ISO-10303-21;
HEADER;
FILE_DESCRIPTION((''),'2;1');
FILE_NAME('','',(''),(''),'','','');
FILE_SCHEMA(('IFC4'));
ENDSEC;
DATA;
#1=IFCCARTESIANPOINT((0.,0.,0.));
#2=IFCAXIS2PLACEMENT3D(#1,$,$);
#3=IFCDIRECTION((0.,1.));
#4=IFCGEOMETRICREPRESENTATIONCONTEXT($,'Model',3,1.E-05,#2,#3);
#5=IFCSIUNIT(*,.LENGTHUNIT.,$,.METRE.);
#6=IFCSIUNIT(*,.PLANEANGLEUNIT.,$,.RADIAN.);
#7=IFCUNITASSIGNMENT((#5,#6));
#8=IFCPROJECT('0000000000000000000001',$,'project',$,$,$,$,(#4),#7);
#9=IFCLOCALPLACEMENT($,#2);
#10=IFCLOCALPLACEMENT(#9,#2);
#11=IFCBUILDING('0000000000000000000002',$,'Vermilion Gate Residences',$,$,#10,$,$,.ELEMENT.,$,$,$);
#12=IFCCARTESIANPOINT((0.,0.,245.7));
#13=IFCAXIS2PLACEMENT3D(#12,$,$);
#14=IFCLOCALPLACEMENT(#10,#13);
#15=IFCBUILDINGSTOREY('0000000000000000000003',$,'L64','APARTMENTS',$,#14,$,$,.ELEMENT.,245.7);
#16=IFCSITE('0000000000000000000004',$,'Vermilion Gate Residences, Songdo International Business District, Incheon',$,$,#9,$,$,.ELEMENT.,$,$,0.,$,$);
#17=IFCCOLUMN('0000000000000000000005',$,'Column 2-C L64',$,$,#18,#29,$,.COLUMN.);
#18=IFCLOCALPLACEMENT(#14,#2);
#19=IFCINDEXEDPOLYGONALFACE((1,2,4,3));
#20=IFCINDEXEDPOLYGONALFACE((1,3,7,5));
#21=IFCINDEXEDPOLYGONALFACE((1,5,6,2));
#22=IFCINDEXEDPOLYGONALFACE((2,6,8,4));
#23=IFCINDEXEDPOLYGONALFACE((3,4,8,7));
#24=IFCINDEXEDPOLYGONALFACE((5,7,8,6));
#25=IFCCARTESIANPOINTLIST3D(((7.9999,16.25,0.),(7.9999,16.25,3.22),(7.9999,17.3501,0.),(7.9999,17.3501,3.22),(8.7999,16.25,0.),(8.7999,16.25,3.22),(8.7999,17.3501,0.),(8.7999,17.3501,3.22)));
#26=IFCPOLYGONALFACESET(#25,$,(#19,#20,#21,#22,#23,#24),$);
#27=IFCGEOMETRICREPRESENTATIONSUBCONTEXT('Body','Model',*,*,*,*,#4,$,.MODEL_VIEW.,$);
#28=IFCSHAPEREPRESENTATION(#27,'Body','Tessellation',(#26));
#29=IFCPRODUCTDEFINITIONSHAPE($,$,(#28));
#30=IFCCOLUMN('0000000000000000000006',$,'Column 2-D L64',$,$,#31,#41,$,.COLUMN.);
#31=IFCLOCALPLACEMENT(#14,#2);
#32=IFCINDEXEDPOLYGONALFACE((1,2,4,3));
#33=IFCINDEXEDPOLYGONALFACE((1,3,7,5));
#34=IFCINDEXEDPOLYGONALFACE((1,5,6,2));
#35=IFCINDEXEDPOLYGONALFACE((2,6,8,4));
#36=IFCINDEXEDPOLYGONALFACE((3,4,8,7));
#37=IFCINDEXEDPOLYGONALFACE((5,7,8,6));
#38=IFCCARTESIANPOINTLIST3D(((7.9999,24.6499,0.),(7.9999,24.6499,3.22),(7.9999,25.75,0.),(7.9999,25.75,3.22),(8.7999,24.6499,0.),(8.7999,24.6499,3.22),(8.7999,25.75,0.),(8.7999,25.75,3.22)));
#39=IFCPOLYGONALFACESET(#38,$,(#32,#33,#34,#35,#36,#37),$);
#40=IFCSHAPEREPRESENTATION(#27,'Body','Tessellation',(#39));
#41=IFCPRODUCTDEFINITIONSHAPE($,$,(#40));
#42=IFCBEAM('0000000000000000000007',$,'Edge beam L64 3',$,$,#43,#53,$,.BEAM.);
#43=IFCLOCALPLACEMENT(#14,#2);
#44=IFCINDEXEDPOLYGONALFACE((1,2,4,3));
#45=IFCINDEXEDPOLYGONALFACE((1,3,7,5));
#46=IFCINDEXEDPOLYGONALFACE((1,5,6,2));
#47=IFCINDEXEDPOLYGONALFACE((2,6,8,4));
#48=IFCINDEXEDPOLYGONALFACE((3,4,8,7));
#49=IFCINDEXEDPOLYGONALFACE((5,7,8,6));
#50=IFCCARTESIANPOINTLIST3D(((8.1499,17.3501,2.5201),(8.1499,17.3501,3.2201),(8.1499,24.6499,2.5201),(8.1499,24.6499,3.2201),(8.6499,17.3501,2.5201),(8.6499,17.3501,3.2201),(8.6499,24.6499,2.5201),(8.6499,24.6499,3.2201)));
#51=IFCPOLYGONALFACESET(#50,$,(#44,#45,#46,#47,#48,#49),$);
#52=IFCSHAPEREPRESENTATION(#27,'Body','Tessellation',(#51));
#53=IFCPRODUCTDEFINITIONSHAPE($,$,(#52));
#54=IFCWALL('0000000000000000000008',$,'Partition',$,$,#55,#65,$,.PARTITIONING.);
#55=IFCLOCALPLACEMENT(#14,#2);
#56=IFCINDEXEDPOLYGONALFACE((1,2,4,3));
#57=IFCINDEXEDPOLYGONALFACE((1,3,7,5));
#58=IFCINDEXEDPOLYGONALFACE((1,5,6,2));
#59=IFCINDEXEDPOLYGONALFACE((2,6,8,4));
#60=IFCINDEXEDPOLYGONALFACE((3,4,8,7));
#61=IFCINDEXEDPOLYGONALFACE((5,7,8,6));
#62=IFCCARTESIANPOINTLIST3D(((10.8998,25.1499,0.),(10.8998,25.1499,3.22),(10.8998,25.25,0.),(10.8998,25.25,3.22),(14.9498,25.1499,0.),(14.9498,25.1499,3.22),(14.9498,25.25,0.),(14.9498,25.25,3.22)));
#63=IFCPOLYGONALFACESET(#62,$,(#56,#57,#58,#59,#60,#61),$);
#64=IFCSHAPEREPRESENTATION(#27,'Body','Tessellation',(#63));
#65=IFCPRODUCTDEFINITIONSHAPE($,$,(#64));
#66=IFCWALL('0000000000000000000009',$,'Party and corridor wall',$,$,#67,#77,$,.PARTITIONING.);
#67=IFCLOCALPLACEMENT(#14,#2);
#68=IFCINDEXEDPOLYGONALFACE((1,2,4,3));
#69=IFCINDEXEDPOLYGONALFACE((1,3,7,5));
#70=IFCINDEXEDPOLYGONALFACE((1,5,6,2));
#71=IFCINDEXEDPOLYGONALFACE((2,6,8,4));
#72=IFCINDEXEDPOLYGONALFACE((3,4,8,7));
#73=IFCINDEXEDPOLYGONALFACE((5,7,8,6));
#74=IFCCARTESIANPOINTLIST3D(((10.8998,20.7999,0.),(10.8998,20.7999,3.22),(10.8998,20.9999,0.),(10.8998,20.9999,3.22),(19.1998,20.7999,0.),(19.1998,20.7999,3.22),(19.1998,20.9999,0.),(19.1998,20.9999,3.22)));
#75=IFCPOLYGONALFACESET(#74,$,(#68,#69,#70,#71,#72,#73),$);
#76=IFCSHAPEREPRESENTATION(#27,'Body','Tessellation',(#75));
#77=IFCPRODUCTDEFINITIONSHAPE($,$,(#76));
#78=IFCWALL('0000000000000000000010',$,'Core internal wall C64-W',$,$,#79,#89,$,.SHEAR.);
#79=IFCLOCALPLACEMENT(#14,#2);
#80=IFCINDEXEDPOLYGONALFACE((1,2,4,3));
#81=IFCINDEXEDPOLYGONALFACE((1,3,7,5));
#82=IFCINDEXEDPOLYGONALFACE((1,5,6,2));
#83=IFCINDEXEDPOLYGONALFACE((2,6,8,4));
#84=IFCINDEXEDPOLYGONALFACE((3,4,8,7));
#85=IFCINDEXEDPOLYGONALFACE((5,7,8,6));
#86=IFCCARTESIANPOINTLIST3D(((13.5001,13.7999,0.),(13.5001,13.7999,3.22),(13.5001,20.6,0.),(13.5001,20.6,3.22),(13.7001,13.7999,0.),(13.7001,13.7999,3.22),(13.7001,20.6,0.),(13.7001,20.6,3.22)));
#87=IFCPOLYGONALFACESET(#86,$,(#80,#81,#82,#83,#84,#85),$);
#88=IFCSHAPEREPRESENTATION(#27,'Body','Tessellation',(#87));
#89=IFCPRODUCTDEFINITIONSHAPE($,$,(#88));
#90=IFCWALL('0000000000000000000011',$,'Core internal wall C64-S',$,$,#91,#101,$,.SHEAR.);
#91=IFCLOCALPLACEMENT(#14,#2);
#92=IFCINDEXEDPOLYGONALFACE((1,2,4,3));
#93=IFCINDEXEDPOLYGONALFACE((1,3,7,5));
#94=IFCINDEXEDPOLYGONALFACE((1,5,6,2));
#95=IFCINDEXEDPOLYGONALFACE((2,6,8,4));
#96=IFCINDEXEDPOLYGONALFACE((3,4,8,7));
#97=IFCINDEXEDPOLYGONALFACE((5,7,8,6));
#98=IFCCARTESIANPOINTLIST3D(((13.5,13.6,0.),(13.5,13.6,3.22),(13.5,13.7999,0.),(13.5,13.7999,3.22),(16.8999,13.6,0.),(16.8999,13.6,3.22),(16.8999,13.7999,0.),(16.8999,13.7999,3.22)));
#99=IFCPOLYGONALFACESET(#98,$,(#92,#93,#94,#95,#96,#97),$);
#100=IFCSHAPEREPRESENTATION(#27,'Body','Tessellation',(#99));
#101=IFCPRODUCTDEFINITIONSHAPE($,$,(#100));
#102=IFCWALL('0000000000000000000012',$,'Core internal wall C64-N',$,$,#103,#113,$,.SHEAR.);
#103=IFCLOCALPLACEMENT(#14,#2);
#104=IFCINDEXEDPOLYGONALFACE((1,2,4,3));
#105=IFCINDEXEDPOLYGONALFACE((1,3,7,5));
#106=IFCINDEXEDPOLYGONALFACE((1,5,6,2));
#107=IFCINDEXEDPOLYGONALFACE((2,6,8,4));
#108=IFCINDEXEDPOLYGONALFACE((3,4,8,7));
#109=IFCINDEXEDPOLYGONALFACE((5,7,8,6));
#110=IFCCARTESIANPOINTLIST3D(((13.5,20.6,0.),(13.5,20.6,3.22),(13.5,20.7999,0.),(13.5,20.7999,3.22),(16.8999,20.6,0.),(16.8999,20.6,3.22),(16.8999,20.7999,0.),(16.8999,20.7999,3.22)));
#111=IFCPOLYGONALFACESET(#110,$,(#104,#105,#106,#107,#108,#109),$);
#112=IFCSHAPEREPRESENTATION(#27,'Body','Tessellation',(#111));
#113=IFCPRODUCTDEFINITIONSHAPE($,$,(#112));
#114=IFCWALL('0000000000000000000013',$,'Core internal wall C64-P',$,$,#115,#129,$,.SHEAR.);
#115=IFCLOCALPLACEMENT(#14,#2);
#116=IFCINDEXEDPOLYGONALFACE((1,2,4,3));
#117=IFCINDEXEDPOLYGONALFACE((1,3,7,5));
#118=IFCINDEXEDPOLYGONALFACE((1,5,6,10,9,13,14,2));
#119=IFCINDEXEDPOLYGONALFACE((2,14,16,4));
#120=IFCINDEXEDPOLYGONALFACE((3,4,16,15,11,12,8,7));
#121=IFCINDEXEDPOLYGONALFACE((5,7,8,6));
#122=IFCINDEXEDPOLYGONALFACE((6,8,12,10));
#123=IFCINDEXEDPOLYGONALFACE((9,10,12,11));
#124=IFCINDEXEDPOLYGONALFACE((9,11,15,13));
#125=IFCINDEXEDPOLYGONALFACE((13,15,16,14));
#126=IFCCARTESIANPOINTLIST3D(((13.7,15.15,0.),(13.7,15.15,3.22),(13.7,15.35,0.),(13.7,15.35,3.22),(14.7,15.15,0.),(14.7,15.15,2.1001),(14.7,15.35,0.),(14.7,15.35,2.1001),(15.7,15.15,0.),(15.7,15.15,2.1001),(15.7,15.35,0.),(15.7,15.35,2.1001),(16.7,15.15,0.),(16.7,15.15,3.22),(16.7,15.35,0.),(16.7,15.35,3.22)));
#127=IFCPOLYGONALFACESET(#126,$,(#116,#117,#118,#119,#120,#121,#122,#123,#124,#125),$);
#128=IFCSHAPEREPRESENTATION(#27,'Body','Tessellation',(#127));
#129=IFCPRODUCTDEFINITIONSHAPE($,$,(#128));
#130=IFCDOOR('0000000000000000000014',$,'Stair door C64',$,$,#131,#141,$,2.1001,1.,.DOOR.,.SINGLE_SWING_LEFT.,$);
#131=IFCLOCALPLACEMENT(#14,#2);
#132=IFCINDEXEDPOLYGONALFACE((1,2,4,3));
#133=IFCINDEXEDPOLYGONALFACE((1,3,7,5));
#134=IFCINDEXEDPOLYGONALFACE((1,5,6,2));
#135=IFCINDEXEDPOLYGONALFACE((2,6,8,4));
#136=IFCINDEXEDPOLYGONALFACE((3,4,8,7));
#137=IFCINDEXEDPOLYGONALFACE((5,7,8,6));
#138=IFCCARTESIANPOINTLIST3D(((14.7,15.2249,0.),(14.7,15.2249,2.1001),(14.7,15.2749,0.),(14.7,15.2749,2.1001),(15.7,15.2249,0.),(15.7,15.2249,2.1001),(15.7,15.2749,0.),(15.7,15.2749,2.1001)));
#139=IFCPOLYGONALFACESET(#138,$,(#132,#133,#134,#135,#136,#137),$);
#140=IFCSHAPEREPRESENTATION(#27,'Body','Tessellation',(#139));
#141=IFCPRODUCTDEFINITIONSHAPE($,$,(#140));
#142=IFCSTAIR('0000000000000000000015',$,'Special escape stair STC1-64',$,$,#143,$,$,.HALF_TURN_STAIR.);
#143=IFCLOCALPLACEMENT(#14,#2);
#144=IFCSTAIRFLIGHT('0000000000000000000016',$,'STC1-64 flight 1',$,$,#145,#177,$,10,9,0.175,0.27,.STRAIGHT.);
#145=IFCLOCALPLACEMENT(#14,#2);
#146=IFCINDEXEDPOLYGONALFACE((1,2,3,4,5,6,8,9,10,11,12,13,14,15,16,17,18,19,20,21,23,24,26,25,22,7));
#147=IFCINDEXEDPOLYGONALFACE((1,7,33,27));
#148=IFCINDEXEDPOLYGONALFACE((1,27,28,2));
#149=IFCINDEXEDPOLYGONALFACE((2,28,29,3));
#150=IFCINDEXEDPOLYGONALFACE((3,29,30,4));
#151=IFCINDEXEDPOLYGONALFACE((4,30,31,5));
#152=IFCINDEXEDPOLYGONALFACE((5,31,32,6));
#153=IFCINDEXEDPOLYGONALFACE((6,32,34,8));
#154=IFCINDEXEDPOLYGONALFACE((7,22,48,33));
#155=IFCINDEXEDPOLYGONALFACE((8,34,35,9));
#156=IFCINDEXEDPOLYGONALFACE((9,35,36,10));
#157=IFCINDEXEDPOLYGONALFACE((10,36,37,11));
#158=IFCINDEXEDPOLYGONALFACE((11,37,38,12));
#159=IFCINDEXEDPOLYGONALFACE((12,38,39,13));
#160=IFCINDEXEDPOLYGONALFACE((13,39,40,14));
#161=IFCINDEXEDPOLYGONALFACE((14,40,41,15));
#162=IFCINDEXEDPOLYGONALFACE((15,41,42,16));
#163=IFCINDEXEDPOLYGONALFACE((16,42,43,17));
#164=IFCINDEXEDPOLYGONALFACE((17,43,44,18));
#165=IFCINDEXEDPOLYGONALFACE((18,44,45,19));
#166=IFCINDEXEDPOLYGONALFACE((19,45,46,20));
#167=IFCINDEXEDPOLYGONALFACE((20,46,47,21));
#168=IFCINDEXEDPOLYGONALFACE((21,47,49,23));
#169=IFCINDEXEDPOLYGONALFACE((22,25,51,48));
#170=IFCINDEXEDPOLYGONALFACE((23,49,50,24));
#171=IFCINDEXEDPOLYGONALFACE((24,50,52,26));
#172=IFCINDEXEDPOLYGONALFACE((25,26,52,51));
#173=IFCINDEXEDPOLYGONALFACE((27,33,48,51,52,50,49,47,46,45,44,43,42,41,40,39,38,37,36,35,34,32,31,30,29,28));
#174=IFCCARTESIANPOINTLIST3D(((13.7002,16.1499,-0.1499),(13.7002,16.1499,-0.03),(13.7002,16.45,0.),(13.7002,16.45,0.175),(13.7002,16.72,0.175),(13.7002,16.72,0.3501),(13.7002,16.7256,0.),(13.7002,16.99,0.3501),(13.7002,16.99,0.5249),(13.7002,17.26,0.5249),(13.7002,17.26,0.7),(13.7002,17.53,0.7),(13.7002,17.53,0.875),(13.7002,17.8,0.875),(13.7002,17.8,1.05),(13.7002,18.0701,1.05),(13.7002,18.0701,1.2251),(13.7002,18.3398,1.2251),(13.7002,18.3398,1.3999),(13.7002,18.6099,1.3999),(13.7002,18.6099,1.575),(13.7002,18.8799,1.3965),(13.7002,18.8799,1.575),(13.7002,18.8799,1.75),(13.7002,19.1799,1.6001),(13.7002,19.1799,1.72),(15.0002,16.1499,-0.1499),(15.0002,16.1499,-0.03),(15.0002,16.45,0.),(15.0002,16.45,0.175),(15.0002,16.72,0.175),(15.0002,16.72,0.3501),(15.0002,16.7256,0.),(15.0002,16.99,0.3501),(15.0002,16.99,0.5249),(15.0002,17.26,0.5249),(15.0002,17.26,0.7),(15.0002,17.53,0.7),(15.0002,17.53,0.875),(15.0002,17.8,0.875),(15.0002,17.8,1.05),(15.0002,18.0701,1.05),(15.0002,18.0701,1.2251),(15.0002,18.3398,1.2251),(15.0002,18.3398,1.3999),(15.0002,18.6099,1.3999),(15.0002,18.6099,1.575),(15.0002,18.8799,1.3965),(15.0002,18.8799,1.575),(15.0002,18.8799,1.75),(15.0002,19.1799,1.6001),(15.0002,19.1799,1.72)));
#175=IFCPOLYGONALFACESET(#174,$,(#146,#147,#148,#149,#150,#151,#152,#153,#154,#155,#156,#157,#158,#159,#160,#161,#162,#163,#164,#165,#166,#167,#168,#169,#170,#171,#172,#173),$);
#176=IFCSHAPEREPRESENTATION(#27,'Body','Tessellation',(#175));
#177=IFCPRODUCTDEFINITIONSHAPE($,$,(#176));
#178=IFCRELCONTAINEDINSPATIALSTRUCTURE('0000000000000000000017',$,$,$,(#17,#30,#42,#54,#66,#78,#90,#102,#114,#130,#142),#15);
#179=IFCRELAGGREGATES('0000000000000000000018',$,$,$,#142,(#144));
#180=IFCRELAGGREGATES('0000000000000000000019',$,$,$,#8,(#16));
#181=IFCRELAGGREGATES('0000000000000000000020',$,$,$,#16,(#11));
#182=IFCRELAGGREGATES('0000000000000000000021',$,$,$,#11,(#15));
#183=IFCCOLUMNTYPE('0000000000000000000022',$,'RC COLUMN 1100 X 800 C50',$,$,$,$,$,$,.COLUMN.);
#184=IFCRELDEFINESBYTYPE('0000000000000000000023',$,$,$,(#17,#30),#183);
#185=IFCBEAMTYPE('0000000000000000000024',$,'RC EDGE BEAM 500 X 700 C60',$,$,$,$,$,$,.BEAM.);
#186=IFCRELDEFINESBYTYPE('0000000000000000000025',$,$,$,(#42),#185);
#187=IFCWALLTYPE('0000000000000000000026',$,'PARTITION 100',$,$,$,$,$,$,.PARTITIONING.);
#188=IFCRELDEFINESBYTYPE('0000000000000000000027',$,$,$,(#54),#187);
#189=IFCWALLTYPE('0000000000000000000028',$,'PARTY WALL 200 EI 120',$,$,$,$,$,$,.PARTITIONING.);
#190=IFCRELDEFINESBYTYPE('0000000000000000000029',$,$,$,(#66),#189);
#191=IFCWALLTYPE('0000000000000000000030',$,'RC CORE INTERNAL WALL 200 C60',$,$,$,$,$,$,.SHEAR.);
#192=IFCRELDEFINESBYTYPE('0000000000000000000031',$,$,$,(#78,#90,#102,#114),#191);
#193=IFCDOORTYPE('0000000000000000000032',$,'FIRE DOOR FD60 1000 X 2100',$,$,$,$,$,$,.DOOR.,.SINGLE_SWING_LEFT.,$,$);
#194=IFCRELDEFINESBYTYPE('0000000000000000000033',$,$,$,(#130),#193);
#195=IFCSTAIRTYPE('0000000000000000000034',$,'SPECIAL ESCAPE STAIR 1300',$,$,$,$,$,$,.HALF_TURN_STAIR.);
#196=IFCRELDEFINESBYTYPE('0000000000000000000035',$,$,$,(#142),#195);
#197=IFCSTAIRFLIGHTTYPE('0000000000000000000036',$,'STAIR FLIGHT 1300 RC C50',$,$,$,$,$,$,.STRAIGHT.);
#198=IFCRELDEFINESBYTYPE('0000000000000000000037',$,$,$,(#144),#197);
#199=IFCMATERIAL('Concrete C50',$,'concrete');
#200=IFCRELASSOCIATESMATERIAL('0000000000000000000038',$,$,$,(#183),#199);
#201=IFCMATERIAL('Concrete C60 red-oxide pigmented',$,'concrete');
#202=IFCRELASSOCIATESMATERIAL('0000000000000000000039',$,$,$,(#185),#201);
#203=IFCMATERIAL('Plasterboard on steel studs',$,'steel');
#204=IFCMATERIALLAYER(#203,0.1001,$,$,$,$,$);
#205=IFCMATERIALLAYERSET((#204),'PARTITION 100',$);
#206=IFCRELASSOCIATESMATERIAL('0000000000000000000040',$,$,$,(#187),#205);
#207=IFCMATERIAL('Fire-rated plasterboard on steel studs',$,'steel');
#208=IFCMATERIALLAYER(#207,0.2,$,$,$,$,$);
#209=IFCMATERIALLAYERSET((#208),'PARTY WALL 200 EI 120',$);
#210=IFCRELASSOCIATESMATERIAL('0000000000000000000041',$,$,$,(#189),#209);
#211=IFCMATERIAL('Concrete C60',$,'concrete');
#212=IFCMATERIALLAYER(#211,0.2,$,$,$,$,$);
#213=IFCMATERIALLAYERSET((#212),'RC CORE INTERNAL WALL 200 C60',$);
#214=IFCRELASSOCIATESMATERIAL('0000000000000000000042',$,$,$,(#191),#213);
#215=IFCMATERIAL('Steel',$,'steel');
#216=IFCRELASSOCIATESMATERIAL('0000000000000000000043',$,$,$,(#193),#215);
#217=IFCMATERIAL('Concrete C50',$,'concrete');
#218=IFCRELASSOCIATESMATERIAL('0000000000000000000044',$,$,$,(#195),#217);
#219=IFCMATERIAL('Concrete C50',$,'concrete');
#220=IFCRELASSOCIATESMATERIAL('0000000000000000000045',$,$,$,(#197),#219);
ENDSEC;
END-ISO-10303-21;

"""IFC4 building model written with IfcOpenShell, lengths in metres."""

from ifc_helpers import new_model, si_unit, direction, frame, frame_2d, origin, origin_2d, place, context, subcontext, project, spatial, polyline, rectangle, outline, extrude, material, layer, layer_set, material_profile, profile_set, type_object, element, fill, aggregate, save


model = new_model("IFC4")

# Units and contexts
model_context = context("Model", 3, precision=1e-05, world=origin(), true_north=direction((0.0, 1.0)))
body_context = subcontext(model_context, "Body", "Model", "MODEL_VIEW")
ifc_project = project(units=[si_unit("LENGTHUNIT", "METRE"), si_unit("PLANEANGLEUNIT", "RADIAN")], contexts=[model_context])

# Site, building, storey
site_placement = place(None, origin())
site = spatial("IfcSite", under=ifc_project, at=site_placement, Name="Vermilion Gate Residences, Songdo International Business District, Incheon", CompositionType="ELEMENT", RefElevation=0.0)
building_placement = place(site_placement, origin())
building = spatial("IfcBuilding", under=site, at=building_placement, Name="Vermilion Gate Residences", CompositionType="ELEMENT")
storey_placement = place(building_placement, frame((0.0, 0.0, 245.7)))
storey = spatial("IfcBuildingStorey", under=building, at=storey_placement, Name="L64", Description="APARTMENTS", CompositionType="ELEMENT", Elevation=245.7)

# Columns
ifc_material_1 = material(Name="Concrete C50", Category="concrete")
ifc_material_profile_1 = material_profile(ifc_material_1, rectangle(XDim=1.1001, YDim=0.8, at=origin_2d()), Name="RC-1100x800")
ifc_profile_set_1 = profile_set([ifc_material_profile_1], Name="Concrete C50")
column_type = type_object("IfcColumnType", Name="RC COLUMN 1100 X 800 C50", PredefinedType="COLUMN", material=ifc_profile_set_1)
for number, where, z_axis, x_axis, name in (
    (1, (8.3999, 16.8, 0.0), (0.0, 0.0, 1.0), (0.0, 1.0, 0.0), "Column 2-C L64"),
    (2, (8.3999, 25.2, 0.0), (0.0, 0.0, 1.0), (0.0, 1.0, 0.0), "Column 2-D L64"),
):
    element("IfcColumn", number, at=place(storey_placement, frame(where, z_axis=z_axis, x_axis=x_axis)), inside=storey, type_object=column_type, Name=name, PredefinedType="COLUMN", context=body_context, shape_type="SweptSolid", body=[
        extrude(rectangle(XDim=1.1001, YDim=0.8, at=origin_2d()), origin(), (0.0, 0.0, 1.0), 3.22),
    ])

# Beam
ifc_material_2 = material(Name="Concrete C60 red-oxide pigmented", Category="concrete")
ifc_material_profile_2 = material_profile(ifc_material_2, rectangle(XDim=0.5, YDim=0.7, at=origin_2d()), Name="RC-500x700")
ifc_profile_set_2 = profile_set([ifc_material_profile_2], Name="Concrete C60 red-oxide pigmented")
beam_type = type_object("IfcBeamType", Name="RC EDGE BEAM 500 X 700 C60", PredefinedType="BEAM", material=ifc_profile_set_2)
beam_placement = place(storey_placement, frame((8.3999, 17.3501, 2.8701), z_axis=(0.0, 1.0, 0.0), x_axis=(-1.0, 0.0, 0.0)))
element("IfcBeam", 3, at=beam_placement, inside=storey, type_object=beam_type, Name="Edge beam L64 3", PredefinedType="BEAM", context=body_context, shape_type="SweptSolid", body=[
    extrude(rectangle(XDim=0.5, YDim=0.7, at=origin_2d()), origin(), (0.0, 0.0, 1.0), 7.2998),
])

# Walls
ifc_material_3 = material(Name="Plasterboard on steel studs", Category="steel")
ifc_layer_1 = layer(ifc_material_3, 0.1001)
ifc_layer_set_1 = layer_set([ifc_layer_1], Name="PARTITION 100")
wall_type_1 = type_object("IfcWallType", Name="PARTITION 100", PredefinedType="PARTITIONING", material=ifc_layer_set_1)
wall_1_placement = place(storey_placement, frame((10.8999, 25.2, 0.0), z_axis=(0.0, 0.0, 1.0), x_axis=(1.0, 0.0, 0.0)))
element("IfcWall", 4, at=wall_1_placement, inside=storey, type_object=wall_type_1, Name="Partition", PredefinedType="PARTITIONING", context=body_context, shape_type="SweptSolid", body=[
    extrude(rectangle(XDim=4.05, YDim=0.1001, at=frame_2d((2.0249, 0.0))), origin(), (0.0, 0.0, 1.0), 3.22),
])
ifc_material_4 = material(Name="Fire-rated plasterboard on steel studs", Category="steel")
ifc_layer_2 = layer(ifc_material_4, 0.2)
ifc_layer_set_2 = layer_set([ifc_layer_2], Name="PARTY WALL 200 EI 120")
wall_type_2 = type_object("IfcWallType", Name="PARTY WALL 200 EI 120", PredefinedType="PARTITIONING", material=ifc_layer_set_2)
wall_2_placement = place(storey_placement, frame((10.8999, 20.8999, 0.0), z_axis=(0.0, 0.0, 1.0), x_axis=(1.0, 0.0, 0.0)))
element("IfcWall", 5, at=wall_2_placement, inside=storey, type_object=wall_type_2, Name="Party and corridor wall", PredefinedType="PARTITIONING", context=body_context, shape_type="SweptSolid", body=[
    extrude(rectangle(XDim=8.3, YDim=0.2, at=frame_2d((4.1499, 0.0))), origin(), (0.0, 0.0, 1.0), 3.22),
])
ifc_material_5 = material(Name="Concrete C60", Category="concrete")
ifc_layer_3 = layer(ifc_material_5, 0.2)
ifc_layer_set_3 = layer_set([ifc_layer_3], Name="RC CORE INTERNAL WALL 200 C60")
wall_type_3 = type_object("IfcWallType", Name="RC CORE INTERNAL WALL 200 C60", PredefinedType="SHEAR", material=ifc_layer_set_3)
wall_3_placement = place(storey_placement, frame((13.6001, 13.8, 0.0), z_axis=(0.0, 0.0, 1.0), x_axis=(0.0, 1.0, 0.0)))
element("IfcWall", 6, at=wall_3_placement, inside=storey, type_object=wall_type_3, Name="Core internal wall C64-W", PredefinedType="SHEAR", context=body_context, shape_type="SweptSolid", body=[
    extrude(rectangle(XDim=6.8, YDim=0.2, at=frame_2d((3.3999, 0.0))), origin(), (0.0, 0.0, 1.0), 3.22),
])
for number, where, z_axis, x_axis, name in (
    (7, (13.5, 13.7, 0.0), (0.0, 0.0, 1.0), (1.0, 0.0, 0.0), "Core internal wall C64-S"),
    (8, (13.5, 20.7, 0.0), (0.0, 0.0, 1.0), (1.0, 0.0, 0.0), "Core internal wall C64-N"),
):
    element("IfcWall", number, at=place(storey_placement, frame(where, z_axis=z_axis, x_axis=x_axis)), inside=storey, type_object=wall_type_3, Name=name, PredefinedType="SHEAR", context=body_context, shape_type="SweptSolid", body=[
        extrude(rectangle(XDim=3.3999, YDim=0.2, at=frame_2d((1.7, 0.0))), origin(), (0.0, 0.0, 1.0), 3.22),
    ])

# Wall, opening, door
wall_4_placement = place(storey_placement, frame((13.7, 15.25, 0.0), z_axis=(0.0, 0.0, 1.0), x_axis=(1.0, 0.0, 0.0)))
wall_4 = element("IfcWall", 9, at=wall_4_placement, inside=storey, type_object=wall_type_3, Name="Core internal wall C64-P", PredefinedType="SHEAR", context=body_context, shape_type="SweptSolid", body=[
    extrude(rectangle(XDim=3.0, YDim=0.2, at=frame_2d((1.5, 0.0))), origin(), (0.0, 0.0, 1.0), 3.22),
])
opening_placement = place(wall_4_placement, frame((1.0, 0.0, 0.0)))
opening = element("IfcOpeningElement", 10, at=opening_placement, cuts=wall_4, PredefinedType="OPENING", context=body_context, shape_type="SweptSolid", body=[
    extrude(rectangle(XDim=1.0, YDim=2.1001, at=frame_2d((0.5, 1.05))), frame((0.0, 0.1099, 0.0), z_axis=(0.0, -1.0, 0.0), x_axis=(1.0, 0.0, 0.0)), (0.0, 0.0, 1.0), 0.22),
])
ifc_material_6 = material(Name="Steel", Category="steel")
door_type = type_object("IfcDoorType", Name="FIRE DOOR FD60 1000 X 2100", OperationType="SINGLE_SWING_LEFT", PredefinedType="DOOR", material=ifc_material_6)
door_placement = place(opening_placement, origin())
door = element("IfcDoor", 11, at=door_placement, inside=storey, type_object=door_type, Name="Stair door C64", OperationType="SINGLE_SWING_LEFT", OverallHeight=2.1001, OverallWidth=1.0, PredefinedType="DOOR", context=body_context, shape_type="SweptSolid", body=[
    extrude(rectangle(XDim=1.0, YDim=2.1001, at=frame_2d((0.5, 1.05))), frame((0.0, 0.0249, 0.0), z_axis=(0.0, -1.0, 0.0), x_axis=(1.0, 0.0, 0.0)), (0.0, 0.0, 1.0), 0.05),
])
fill(opening, door)

# Stair, stair flight
ifc_material_7 = material(Name="Concrete C50", Category="concrete")
stair_type = type_object("IfcStairType", Name="SPECIAL ESCAPE STAIR 1300", PredefinedType="HALF_TURN_STAIR", material=ifc_material_7)
stair_placement = place(storey_placement, origin())
stair = element("IfcStair", 12, at=stair_placement, inside=storey, type_object=stair_type, Name="Special escape stair STC1-64", PredefinedType="HALF_TURN_STAIR")
ifc_material_8 = material(Name="Concrete C50", Category="concrete")
stair_flight_type = type_object("IfcStairFlightType", Name="STAIR FLIGHT 1300 RC C50", PredefinedType="STRAIGHT", material=ifc_material_8)
stair_flight_placement = place(storey_placement, frame((14.3501, 16.45, 0.0), z_axis=(0.0, 0.0, 1.0), x_axis=(0.0, 1.0, 0.0)))
stair_flight = element("IfcStairFlight", 13, at=stair_flight_placement, type_object=stair_flight_type, Name="STC1-64 flight 1", NumberOfRisers=10, NumberOfTreads=9, PredefinedType="STRAIGHT", RiserHeight=0.175, TreadLength=0.27, context=body_context, shape_type="SweptSolid", body=[
    extrude(outline(polyline([(-0.3, -0.1499), (-0.3, -0.03), (0.0, 0.0), (0.0, 0.175), (0.27, 0.175), (0.27, 0.3501), (0.54, 0.3501), (0.54, 0.5249), (0.8101, 0.5249), (0.8101, 0.7), (1.0801, 0.7), (1.0801, 0.875), (1.3501, 0.875), (1.3501, 1.05), (1.6201, 1.05), (1.6201, 1.2251), (1.8899, 1.2251), (1.8899, 1.3999), (2.1599, 1.3999), (2.1599, 1.575), (2.4299, 1.575), (2.4299, 1.75), (2.73, 1.72), (2.73, 1.6001), (2.4299, 1.3965), (0.2756, 0.0), (-0.3, -0.1499)])), frame((0.0, 0.6499, 0.0), z_axis=(0.0, -1.0, 0.0), x_axis=(1.0, 0.0, 0.0)), (0.0, 0.0, 1.0), 1.3),
])
aggregate(stair, [stair_flight])

save(model, "model.ifc")
